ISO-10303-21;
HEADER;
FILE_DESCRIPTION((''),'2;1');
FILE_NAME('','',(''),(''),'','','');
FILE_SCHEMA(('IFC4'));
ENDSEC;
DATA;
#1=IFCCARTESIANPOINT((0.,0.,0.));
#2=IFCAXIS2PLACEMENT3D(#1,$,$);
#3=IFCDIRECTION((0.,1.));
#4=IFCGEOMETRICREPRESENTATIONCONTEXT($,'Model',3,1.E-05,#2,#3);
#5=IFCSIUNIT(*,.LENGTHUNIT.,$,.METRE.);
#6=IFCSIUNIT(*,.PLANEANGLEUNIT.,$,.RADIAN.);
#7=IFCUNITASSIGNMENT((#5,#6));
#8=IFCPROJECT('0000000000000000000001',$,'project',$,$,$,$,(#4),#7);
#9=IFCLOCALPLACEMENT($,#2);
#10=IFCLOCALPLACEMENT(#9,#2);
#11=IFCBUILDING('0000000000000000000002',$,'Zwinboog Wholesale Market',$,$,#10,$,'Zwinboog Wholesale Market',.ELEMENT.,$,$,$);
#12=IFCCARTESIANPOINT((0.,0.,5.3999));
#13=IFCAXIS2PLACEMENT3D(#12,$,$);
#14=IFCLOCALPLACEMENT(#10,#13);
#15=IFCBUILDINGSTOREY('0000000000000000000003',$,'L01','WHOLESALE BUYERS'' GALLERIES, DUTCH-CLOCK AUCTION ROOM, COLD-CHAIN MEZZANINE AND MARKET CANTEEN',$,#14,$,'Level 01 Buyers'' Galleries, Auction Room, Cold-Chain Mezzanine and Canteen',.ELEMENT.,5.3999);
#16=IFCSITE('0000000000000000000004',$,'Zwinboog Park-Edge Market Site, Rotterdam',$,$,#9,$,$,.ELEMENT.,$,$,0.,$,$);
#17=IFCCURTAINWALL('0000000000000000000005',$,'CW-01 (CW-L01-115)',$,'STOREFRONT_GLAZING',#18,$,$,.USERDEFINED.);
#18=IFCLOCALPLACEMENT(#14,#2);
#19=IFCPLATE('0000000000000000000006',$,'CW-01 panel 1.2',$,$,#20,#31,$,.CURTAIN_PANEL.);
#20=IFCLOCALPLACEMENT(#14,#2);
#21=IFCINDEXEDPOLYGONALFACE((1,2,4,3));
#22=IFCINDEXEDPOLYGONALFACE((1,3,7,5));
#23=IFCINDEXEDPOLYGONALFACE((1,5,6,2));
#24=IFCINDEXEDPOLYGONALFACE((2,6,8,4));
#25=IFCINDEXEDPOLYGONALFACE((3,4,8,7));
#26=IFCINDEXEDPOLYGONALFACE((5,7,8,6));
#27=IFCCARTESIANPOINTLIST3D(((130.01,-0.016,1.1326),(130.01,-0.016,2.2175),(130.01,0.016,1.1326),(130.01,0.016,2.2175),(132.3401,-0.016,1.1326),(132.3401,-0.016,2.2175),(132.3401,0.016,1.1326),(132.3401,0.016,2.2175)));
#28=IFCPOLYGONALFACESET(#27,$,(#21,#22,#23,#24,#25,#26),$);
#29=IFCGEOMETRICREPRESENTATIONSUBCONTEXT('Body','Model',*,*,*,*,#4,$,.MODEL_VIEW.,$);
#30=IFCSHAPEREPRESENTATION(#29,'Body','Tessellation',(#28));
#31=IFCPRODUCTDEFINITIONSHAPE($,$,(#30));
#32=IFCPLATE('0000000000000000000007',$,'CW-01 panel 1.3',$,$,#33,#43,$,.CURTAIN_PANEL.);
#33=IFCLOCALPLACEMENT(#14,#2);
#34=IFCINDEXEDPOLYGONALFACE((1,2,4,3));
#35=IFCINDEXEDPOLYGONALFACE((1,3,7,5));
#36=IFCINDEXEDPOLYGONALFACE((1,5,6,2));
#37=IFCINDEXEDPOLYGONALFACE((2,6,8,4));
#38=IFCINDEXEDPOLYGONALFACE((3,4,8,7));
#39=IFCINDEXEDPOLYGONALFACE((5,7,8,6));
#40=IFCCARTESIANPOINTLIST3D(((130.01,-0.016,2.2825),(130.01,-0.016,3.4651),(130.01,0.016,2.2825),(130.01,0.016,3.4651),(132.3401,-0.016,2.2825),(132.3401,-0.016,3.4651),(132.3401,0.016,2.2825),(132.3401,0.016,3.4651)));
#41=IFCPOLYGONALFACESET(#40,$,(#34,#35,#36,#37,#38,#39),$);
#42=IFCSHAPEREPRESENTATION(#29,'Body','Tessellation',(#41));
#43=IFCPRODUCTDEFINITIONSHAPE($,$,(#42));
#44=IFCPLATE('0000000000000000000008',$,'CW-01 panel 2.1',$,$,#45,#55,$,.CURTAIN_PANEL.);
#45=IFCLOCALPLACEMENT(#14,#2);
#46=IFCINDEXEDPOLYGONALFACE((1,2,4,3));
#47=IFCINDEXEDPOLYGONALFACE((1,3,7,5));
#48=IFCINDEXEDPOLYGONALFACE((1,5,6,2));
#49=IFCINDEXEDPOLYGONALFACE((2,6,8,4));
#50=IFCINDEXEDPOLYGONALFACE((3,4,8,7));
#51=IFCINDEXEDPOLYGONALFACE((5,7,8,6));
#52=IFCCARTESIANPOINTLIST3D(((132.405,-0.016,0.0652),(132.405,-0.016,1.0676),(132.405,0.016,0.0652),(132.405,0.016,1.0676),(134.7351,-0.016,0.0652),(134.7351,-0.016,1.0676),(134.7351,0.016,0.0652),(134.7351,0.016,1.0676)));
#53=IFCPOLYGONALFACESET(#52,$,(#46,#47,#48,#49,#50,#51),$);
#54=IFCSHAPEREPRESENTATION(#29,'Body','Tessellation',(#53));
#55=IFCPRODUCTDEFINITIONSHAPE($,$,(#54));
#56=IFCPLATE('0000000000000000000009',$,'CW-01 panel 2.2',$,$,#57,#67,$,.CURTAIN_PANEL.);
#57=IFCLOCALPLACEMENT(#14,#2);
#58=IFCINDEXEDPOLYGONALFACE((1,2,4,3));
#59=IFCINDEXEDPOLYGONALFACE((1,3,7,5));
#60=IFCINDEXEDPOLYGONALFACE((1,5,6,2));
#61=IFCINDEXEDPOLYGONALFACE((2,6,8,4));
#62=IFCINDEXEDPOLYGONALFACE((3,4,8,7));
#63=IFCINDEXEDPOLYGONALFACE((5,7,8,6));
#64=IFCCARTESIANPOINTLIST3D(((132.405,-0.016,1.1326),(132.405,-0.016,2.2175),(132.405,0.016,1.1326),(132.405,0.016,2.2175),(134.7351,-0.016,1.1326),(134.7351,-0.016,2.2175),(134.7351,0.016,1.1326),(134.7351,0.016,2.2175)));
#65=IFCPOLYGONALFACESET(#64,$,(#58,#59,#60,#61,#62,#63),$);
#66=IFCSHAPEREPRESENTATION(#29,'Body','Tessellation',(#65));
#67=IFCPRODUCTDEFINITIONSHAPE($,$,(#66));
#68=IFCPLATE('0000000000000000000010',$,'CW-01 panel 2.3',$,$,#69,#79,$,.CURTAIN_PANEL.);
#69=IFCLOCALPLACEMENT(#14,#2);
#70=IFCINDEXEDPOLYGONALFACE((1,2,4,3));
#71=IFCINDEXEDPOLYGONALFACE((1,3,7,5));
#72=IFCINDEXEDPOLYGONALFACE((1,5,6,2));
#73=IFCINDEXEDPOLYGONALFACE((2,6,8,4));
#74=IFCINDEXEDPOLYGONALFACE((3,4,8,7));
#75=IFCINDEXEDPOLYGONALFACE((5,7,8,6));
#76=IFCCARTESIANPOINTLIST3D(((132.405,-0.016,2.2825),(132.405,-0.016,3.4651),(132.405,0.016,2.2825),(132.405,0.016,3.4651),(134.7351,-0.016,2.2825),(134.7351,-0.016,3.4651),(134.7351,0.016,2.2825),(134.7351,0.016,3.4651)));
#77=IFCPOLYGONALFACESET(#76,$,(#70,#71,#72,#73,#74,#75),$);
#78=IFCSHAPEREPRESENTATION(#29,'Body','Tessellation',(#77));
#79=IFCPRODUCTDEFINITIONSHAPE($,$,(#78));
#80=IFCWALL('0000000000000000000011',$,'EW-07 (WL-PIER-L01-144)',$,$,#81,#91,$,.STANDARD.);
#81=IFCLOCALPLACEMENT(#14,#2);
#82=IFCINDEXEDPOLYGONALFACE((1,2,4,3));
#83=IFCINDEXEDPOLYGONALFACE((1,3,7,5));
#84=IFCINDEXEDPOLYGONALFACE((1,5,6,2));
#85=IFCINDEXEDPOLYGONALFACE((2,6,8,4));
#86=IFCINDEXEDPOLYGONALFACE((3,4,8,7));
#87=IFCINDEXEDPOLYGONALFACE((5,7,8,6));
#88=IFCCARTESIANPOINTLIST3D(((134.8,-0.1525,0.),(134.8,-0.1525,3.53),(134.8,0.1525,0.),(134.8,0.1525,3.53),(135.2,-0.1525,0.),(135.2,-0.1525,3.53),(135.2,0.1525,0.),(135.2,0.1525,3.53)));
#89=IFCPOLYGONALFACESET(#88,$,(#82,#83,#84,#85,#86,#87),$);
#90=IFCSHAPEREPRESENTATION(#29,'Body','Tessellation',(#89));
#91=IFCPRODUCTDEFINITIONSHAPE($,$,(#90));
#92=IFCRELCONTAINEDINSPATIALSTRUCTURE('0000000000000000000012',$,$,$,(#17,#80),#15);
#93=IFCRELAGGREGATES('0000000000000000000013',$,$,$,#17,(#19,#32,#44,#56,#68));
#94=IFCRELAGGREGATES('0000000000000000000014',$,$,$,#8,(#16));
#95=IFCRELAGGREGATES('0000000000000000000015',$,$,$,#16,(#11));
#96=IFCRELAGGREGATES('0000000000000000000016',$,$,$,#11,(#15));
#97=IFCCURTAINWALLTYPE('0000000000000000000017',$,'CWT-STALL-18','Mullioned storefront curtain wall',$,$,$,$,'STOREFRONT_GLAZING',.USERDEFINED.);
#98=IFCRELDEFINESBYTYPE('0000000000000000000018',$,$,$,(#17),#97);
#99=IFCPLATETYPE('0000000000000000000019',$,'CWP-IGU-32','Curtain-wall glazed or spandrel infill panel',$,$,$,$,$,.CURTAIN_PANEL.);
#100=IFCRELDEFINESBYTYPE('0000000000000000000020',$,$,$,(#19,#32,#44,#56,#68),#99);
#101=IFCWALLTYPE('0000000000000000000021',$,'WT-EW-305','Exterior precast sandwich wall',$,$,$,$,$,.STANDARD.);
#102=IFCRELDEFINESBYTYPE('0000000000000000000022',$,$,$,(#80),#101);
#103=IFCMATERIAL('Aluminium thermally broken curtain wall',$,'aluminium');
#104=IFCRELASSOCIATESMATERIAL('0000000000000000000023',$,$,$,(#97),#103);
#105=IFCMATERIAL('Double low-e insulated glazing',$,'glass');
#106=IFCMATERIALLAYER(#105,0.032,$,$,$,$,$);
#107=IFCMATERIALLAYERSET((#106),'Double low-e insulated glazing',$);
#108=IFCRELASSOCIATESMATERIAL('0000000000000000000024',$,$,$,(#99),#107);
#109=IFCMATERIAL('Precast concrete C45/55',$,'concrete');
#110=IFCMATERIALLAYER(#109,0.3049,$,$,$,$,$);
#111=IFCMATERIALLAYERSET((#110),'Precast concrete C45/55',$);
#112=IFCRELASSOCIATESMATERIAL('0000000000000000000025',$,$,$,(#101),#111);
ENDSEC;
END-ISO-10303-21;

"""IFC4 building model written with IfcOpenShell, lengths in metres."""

from ifc_helpers import new_model, si_unit, direction, frame, frame_2d, origin, origin_2d, place, context, subcontext, project, spatial, rectangle, extrude, material, layer, layer_set, type_object, element, aggregate, save


model = new_model("IFC4")

# Units and contexts
model_context = context("Model", 3, precision=1e-05, world=origin(), true_north=direction((0.0, 1.0)))
body_context = subcontext(model_context, "Body", "Model", "MODEL_VIEW")
ifc_project = project(units=[si_unit("LENGTHUNIT", "METRE"), si_unit("PLANEANGLEUNIT", "RADIAN")], contexts=[model_context])

# Site, building, storey
site_placement = place(None, origin())
site = spatial("IfcSite", under=ifc_project, at=site_placement, Name="Zwinboog Park-Edge Market Site, Rotterdam", CompositionType="ELEMENT", RefElevation=0.0)
building_placement = place(site_placement, origin())
building = spatial("IfcBuilding", under=site, at=building_placement, Name="Zwinboog Wholesale Market", LongName="Zwinboog Wholesale Market", CompositionType="ELEMENT")
storey_placement = place(building_placement, frame((0.0, 0.0, 5.3999)))
storey = spatial("IfcBuildingStorey", under=building, at=storey_placement, Name="L01", Description="WHOLESALE BUYERS' GALLERIES, DUTCH-CLOCK AUCTION ROOM, COLD-CHAIN MEZZANINE AND MARKET CANTEEN", LongName="Level 01 Buyers' Galleries, Auction Room, Cold-Chain Mezzanine and Canteen", CompositionType="ELEMENT", Elevation=5.3999)

# Curtain wall
ifc_material_1 = material(Name="Aluminium thermally broken curtain wall", Category="aluminium")
curtain_wall_type_1 = type_object("IfcCurtainWallType", Name="CWT-STALL-18", Description="Mullioned storefront curtain wall", ElementType="STOREFRONT_GLAZING", PredefinedType="USERDEFINED", material=ifc_material_1)
curtain_wall_1_placement = place(storey_placement, origin())
curtain_wall_1 = element("IfcCurtainWall", 1, at=curtain_wall_1_placement, inside=storey, type_object=curtain_wall_type_1, Name="CW-01 (CW-L01-115)", ObjectType="STOREFRONT_GLAZING", PredefinedType="USERDEFINED")

# Plates
ifc_material_2 = material(Name="Double low-e insulated glazing", Category="glass")
ifc_layer_1 = layer(ifc_material_2, 0.032)
ifc_layer_set_1 = layer_set([ifc_layer_1], Name="Double low-e insulated glazing")
plate_type = type_object("IfcPlateType", Name="CWP-IGU-32", Description="Curtain-wall glazed or spandrel infill panel", PredefinedType="CURTAIN_PANEL", material=ifc_layer_set_1)
plate_1_placement = place(storey_placement, frame((131.175, 0.0, 1.1326), z_axis=(0.0, 0.0, 1.0), x_axis=(1.0, 0.0, 0.0)))
plate_1 = element("IfcPlate", 2, at=plate_1_placement, type_object=plate_type, Name="CW-01 panel 1.2", PredefinedType="CURTAIN_PANEL", context=body_context, shape_type="SweptSolid", body=[
    extrude(rectangle(XDim=2.3301, YDim=0.032, at=origin_2d()), origin(), (0.0, 0.0, 1.0), 1.085),
])
plate_2_placement = place(storey_placement, frame((131.175, 0.0, 2.2825), z_axis=(0.0, 0.0, 1.0), x_axis=(1.0, 0.0, 0.0)))
plate_2 = element("IfcPlate", 3, at=plate_2_placement, type_object=plate_type, Name="CW-01 panel 1.3", PredefinedType="CURTAIN_PANEL", context=body_context, shape_type="SweptSolid", body=[
    extrude(rectangle(XDim=2.3301, YDim=0.032, at=origin_2d()), origin(), (0.0, 0.0, 1.0), 1.1826),
])
plate_3_placement = place(storey_placement, frame((133.5701, 0.0, 0.0652), z_axis=(0.0, 0.0, 1.0), x_axis=(1.0, 0.0, 0.0)))
plate_3 = element("IfcPlate", 4, at=plate_3_placement, type_object=plate_type, Name="CW-01 panel 2.1", PredefinedType="CURTAIN_PANEL", context=body_context, shape_type="SweptSolid", body=[
    extrude(rectangle(XDim=2.3301, YDim=0.032, at=origin_2d()), origin(), (0.0, 0.0, 1.0), 1.0024),
])
plate_4_placement = place(storey_placement, frame((133.5701, 0.0, 1.1326), z_axis=(0.0, 0.0, 1.0), x_axis=(1.0, 0.0, 0.0)))
plate_4 = element("IfcPlate", 5, at=plate_4_placement, type_object=plate_type, Name="CW-01 panel 2.2", PredefinedType="CURTAIN_PANEL", context=body_context, shape_type="SweptSolid", body=[
    extrude(rectangle(XDim=2.3301, YDim=0.032, at=origin_2d()), origin(), (0.0, 0.0, 1.0), 1.085),
])
plate_5_placement = place(storey_placement, frame((133.5701, 0.0, 2.2825), z_axis=(0.0, 0.0, 1.0), x_axis=(1.0, 0.0, 0.0)))
plate_5 = element("IfcPlate", 6, at=plate_5_placement, type_object=plate_type, Name="CW-01 panel 2.3", PredefinedType="CURTAIN_PANEL", context=body_context, shape_type="SweptSolid", body=[
    extrude(rectangle(XDim=2.3301, YDim=0.032, at=origin_2d()), origin(), (0.0, 0.0, 1.0), 1.1826),
])
aggregate(curtain_wall_1, [plate_1, plate_2, plate_3, plate_4, plate_5])

# Wall
ifc_material_3 = material(Name="Precast concrete C45/55", Category="concrete")
ifc_layer_2 = layer(ifc_material_3, 0.3049)
ifc_layer_set_2 = layer_set([ifc_layer_2], Name="Precast concrete C45/55")
wall_type = type_object("IfcWallType", Name="WT-EW-305", Description="Exterior precast sandwich wall", PredefinedType="STANDARD", material=ifc_layer_set_2)
wall_placement = place(storey_placement, frame((134.8, 0.0, 0.0), z_axis=(0.0, 0.0, 1.0), x_axis=(1.0, 0.0, 0.0)))
element("IfcWall", 7, at=wall_placement, inside=storey, type_object=wall_type, Name="EW-07 (WL-PIER-L01-144)", PredefinedType="STANDARD", context=body_context, shape_type="SweptSolid", body=[
    extrude(rectangle(XDim=0.3999, YDim=0.3049, at=frame_2d((0.2, 0.0))), origin(), (0.0, 0.0, 1.0), 3.53),
])

save(model, "model.ifc")
